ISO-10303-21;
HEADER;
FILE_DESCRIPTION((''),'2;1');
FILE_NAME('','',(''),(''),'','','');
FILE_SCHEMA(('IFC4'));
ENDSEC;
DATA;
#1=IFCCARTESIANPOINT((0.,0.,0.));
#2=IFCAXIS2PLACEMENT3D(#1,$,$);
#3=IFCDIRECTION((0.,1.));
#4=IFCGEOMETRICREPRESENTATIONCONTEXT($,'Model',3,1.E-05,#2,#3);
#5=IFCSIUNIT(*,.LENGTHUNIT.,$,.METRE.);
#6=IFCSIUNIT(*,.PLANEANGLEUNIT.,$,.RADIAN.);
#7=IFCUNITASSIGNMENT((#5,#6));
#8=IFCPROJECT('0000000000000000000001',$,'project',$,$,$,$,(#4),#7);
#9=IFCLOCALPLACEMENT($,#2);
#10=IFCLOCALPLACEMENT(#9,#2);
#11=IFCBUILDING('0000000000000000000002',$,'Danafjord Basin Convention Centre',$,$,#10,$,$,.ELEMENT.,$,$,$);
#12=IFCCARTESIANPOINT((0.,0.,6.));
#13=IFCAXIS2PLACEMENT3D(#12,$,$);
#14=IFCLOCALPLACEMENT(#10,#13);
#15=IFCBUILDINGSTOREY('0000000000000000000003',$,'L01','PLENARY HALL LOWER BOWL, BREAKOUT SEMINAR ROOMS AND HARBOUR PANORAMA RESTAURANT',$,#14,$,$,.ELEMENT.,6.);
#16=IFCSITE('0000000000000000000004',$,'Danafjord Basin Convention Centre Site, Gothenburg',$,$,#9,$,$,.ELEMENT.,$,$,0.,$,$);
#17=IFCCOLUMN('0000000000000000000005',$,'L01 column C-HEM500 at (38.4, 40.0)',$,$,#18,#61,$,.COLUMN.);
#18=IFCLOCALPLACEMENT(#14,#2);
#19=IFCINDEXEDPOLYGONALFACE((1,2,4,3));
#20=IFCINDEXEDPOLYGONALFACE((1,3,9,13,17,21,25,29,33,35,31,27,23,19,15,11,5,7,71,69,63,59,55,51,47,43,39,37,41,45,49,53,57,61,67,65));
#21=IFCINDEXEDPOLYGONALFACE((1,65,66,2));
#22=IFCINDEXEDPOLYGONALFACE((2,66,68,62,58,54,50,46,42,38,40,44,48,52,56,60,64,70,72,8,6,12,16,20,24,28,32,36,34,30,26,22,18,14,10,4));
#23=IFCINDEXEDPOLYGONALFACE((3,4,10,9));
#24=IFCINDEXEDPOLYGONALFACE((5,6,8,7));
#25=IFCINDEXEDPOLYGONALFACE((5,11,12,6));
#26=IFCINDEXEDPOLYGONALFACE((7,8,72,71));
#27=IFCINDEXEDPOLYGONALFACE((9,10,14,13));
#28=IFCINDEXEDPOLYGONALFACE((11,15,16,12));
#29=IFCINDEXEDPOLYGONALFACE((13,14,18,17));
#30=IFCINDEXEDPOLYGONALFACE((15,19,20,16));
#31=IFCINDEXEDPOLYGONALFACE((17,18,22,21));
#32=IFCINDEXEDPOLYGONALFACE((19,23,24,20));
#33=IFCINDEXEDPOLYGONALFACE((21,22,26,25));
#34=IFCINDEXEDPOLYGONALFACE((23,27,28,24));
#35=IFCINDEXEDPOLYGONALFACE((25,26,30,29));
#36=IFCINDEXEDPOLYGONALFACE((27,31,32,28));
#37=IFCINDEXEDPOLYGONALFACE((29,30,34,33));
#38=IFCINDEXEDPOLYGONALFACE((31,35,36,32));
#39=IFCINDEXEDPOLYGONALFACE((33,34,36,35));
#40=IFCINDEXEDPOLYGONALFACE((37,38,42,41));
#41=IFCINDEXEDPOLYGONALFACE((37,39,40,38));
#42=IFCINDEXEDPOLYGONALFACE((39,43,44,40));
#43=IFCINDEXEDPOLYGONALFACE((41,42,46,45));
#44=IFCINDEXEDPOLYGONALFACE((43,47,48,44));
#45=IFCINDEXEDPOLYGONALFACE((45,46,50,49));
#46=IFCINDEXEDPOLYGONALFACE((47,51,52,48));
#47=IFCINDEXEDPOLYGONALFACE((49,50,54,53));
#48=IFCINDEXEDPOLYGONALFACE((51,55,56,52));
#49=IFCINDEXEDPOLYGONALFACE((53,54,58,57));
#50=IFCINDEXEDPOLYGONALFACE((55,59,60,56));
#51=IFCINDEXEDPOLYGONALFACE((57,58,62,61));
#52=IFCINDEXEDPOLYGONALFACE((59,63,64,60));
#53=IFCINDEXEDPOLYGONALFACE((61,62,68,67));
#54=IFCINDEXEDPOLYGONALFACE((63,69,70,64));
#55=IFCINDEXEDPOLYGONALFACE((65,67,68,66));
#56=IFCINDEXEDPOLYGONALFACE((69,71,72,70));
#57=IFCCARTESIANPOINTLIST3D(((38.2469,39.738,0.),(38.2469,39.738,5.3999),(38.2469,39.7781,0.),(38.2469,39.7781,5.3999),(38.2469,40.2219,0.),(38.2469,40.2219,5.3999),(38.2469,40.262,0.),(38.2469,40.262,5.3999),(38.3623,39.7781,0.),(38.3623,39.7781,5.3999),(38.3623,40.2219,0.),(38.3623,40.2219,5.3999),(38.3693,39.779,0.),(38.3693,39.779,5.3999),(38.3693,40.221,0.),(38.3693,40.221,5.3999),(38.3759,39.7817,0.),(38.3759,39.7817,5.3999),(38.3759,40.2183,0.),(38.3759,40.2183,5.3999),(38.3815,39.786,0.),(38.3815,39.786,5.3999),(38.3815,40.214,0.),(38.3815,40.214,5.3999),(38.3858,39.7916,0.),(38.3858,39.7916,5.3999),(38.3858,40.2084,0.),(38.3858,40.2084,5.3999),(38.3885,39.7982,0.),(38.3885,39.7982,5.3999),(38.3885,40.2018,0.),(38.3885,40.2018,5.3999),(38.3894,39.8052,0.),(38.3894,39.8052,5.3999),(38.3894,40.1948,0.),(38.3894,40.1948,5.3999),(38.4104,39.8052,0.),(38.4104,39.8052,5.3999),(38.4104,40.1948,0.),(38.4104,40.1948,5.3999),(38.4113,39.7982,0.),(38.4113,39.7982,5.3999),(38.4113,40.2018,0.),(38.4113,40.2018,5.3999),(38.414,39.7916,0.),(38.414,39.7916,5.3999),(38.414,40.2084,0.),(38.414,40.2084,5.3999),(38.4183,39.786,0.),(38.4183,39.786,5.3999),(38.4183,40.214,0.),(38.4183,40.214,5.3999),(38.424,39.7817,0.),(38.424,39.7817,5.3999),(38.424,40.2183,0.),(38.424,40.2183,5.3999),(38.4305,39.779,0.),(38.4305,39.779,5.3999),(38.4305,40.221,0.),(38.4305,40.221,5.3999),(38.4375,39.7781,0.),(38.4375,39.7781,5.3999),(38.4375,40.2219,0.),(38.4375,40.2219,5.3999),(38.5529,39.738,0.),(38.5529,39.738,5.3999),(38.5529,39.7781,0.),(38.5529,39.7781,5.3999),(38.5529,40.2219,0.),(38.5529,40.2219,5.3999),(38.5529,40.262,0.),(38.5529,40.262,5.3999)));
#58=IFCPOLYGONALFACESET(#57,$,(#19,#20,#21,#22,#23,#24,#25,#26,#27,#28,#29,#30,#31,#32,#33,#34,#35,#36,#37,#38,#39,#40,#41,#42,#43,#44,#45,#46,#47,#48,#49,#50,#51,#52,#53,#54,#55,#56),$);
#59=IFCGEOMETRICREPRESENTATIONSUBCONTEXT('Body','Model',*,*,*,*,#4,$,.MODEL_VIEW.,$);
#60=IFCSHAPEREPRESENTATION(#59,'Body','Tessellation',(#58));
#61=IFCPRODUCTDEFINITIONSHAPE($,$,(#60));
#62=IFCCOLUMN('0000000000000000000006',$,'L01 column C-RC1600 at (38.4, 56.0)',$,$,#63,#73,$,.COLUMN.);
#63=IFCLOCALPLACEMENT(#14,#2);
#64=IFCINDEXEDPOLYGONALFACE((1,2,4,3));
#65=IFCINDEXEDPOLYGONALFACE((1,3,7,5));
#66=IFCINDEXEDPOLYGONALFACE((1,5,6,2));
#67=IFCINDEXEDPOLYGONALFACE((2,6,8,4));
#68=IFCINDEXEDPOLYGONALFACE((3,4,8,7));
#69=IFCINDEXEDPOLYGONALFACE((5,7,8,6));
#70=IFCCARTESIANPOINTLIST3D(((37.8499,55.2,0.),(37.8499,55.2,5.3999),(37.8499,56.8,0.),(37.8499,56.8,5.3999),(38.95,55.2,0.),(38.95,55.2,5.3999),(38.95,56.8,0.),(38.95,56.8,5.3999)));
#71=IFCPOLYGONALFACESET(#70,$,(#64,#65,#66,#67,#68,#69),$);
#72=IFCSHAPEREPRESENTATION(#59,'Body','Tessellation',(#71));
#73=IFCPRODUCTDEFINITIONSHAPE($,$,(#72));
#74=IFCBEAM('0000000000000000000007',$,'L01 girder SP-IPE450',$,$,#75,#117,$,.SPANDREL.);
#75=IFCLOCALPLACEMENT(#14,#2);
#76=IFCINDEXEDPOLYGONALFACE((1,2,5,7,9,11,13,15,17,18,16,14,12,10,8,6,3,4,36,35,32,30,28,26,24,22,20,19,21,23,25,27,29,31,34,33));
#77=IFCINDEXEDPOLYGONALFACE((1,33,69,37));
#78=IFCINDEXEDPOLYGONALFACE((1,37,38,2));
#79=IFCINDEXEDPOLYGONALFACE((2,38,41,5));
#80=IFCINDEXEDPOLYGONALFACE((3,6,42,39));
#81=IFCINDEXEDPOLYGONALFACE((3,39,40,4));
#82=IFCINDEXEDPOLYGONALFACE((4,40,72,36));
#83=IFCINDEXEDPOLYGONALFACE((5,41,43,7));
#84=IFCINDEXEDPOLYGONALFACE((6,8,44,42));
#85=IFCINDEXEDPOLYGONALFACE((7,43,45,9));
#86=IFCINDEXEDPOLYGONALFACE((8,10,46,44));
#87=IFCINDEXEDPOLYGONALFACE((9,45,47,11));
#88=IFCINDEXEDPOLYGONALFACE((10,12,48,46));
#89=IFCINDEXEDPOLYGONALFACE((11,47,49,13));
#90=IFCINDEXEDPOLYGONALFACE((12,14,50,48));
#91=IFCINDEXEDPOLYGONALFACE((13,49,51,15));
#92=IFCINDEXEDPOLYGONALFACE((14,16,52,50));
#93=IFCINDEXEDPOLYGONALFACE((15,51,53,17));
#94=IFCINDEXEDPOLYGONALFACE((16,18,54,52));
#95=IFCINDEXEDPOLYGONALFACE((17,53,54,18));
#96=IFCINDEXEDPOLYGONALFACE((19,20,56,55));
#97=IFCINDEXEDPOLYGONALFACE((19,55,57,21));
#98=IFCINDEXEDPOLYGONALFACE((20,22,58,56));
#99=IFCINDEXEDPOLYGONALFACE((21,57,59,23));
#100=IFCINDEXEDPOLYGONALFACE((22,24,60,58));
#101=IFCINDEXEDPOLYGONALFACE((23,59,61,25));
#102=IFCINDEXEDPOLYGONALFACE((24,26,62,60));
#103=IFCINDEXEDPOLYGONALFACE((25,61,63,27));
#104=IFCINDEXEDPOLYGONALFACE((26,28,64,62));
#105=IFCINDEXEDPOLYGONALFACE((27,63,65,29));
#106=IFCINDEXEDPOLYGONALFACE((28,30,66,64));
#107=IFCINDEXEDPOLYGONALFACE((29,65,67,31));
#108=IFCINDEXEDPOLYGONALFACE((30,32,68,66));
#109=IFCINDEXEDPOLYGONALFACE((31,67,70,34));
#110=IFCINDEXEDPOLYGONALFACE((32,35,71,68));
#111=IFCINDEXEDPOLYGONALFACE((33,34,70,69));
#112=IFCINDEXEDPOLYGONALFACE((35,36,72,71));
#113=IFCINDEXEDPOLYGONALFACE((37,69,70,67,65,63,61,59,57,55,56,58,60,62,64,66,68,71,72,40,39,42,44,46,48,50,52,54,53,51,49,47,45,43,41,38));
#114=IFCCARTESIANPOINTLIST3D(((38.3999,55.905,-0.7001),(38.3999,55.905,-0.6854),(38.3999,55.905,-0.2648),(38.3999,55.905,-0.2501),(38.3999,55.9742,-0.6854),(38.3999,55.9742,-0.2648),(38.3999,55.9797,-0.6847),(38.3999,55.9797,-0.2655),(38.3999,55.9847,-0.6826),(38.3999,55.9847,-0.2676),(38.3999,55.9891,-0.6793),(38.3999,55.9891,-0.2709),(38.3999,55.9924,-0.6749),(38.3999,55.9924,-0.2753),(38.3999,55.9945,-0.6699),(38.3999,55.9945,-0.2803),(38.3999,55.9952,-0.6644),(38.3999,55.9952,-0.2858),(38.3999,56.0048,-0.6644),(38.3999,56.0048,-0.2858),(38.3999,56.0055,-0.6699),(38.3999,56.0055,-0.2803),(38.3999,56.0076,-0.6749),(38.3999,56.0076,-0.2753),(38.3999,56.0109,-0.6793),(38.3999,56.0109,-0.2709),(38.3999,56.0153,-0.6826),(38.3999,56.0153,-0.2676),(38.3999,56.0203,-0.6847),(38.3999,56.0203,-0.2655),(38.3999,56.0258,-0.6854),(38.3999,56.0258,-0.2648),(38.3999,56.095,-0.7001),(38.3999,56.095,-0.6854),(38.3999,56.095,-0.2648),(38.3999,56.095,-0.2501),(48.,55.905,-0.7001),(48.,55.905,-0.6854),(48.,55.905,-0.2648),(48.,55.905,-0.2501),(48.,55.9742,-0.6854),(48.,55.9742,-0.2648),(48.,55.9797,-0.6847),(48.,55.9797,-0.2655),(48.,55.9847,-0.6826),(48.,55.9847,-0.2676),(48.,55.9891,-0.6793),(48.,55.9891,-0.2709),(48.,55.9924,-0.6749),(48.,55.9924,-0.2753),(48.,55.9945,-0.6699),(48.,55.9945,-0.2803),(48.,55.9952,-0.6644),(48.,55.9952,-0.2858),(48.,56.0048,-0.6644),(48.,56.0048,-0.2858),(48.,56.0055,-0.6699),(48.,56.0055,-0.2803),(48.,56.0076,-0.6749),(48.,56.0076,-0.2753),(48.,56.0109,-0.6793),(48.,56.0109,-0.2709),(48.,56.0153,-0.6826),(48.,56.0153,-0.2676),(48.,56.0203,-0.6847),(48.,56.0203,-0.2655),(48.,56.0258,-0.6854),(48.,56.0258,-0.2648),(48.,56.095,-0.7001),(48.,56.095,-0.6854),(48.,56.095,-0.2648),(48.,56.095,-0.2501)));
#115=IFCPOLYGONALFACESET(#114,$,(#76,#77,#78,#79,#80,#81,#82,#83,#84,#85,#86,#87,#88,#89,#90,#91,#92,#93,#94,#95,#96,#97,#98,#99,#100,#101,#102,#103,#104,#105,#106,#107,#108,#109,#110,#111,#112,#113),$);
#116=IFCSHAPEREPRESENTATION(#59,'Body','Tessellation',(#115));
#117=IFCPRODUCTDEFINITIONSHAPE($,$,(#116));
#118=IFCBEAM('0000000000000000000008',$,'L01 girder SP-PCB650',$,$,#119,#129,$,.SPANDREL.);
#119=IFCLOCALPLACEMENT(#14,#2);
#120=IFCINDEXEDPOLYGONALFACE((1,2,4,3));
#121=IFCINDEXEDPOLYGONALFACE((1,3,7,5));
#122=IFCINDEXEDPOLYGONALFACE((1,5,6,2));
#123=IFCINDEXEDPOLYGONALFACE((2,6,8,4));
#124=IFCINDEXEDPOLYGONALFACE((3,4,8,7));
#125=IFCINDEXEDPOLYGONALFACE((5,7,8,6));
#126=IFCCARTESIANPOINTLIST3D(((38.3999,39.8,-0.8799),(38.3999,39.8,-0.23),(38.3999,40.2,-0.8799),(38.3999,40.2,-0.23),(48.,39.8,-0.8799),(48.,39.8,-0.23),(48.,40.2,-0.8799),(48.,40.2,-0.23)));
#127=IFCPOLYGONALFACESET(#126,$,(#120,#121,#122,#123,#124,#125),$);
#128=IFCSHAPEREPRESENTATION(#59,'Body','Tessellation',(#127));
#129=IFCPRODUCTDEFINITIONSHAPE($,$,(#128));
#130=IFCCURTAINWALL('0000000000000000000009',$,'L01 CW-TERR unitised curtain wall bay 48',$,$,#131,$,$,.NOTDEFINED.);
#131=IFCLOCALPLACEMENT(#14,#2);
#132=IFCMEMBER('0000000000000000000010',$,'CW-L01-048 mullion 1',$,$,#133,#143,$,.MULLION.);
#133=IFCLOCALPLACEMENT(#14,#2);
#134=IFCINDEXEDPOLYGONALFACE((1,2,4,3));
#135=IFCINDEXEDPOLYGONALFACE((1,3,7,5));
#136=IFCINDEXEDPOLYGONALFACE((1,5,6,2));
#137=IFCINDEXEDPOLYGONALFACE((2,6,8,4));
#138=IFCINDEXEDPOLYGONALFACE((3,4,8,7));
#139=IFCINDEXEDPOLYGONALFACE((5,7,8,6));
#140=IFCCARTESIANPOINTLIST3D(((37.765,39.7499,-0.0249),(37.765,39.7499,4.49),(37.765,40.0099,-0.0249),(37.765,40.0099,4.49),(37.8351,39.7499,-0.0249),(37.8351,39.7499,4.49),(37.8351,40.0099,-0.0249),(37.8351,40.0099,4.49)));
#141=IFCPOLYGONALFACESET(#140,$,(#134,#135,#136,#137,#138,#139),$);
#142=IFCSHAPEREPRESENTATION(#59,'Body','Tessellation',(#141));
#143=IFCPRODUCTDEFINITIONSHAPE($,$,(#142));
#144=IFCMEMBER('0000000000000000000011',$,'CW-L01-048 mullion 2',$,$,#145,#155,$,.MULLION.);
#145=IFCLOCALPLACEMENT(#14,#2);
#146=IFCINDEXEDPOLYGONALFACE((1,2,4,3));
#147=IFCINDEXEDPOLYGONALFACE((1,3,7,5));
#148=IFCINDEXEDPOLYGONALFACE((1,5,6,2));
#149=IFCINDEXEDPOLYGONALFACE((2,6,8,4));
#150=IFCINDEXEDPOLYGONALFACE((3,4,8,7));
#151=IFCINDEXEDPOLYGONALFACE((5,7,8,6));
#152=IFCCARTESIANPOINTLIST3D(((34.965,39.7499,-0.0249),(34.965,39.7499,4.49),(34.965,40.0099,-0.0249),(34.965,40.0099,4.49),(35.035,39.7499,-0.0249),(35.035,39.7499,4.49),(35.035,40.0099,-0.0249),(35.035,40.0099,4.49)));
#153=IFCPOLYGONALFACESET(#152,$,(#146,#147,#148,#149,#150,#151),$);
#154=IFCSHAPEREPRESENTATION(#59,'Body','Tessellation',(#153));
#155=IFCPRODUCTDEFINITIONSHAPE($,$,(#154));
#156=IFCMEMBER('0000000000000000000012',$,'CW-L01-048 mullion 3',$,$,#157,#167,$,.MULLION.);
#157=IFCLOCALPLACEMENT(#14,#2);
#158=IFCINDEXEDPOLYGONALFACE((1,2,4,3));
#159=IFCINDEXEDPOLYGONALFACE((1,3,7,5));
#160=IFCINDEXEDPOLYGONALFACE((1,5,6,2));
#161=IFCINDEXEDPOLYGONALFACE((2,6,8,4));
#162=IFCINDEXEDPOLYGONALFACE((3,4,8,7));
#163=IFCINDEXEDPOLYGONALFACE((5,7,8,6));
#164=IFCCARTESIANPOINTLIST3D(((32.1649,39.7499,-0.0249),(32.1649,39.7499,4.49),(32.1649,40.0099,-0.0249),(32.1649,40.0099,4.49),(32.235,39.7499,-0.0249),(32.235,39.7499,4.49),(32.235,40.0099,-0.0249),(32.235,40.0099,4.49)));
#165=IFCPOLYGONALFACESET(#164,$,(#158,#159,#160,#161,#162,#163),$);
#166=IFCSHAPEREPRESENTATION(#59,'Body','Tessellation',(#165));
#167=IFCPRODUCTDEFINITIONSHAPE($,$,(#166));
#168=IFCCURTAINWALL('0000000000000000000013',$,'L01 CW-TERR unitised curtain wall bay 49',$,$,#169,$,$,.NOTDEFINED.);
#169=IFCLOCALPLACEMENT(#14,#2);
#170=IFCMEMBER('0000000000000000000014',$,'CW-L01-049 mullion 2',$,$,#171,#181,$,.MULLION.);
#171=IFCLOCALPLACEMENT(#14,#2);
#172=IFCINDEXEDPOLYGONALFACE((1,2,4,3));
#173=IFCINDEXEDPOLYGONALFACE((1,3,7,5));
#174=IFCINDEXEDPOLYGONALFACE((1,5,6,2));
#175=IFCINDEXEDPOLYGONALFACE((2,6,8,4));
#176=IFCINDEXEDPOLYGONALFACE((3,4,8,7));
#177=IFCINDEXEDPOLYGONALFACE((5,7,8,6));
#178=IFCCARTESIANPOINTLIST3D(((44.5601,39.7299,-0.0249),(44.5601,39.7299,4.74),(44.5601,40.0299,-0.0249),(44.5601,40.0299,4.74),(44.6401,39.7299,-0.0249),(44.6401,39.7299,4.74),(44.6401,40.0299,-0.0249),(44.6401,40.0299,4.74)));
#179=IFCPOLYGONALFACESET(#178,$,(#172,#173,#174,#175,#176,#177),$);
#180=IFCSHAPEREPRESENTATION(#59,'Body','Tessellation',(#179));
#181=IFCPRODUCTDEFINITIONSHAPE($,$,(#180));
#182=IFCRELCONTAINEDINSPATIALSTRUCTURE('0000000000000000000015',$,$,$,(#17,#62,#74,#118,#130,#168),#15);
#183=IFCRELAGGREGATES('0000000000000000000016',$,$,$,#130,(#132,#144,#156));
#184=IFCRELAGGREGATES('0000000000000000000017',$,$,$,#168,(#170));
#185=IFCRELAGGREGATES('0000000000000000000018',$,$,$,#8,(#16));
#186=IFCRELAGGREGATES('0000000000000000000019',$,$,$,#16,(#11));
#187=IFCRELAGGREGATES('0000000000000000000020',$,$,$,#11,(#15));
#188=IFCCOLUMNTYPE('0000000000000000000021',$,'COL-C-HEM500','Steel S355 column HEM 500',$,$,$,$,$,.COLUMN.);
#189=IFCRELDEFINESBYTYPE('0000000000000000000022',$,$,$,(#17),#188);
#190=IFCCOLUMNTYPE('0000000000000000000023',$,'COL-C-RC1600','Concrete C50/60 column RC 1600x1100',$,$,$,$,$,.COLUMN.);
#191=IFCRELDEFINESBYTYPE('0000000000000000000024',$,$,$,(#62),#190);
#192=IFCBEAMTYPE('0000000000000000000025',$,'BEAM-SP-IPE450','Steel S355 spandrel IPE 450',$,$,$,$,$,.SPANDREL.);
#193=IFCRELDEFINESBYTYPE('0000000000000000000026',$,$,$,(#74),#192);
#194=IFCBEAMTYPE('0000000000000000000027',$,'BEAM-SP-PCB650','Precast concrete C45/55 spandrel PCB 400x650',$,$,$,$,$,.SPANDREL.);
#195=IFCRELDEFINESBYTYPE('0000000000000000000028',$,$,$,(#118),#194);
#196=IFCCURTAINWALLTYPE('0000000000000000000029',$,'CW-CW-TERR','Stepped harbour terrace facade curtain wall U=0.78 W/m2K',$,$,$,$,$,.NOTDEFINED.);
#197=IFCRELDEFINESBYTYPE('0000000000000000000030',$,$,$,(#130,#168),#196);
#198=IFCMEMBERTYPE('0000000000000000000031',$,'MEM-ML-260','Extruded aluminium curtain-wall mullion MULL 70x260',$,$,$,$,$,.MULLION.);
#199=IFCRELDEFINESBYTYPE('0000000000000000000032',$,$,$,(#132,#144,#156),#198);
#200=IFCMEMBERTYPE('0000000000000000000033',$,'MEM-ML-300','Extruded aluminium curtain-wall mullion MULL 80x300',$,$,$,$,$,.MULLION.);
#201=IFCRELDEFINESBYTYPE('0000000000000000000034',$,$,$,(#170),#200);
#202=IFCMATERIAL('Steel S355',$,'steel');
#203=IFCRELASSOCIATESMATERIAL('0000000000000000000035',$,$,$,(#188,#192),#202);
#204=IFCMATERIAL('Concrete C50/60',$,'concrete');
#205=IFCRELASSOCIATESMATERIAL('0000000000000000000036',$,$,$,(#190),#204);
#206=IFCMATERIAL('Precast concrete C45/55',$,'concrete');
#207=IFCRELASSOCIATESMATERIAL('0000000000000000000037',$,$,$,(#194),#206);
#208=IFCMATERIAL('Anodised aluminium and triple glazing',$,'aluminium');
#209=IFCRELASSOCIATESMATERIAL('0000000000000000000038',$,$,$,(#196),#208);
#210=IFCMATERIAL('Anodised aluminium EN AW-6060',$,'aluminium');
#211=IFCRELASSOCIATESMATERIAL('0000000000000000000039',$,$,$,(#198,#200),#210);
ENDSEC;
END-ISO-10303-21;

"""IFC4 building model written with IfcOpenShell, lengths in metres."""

from ifc_helpers import new_model, si_unit, direction, frame, origin, origin_2d, place, context, subcontext, project, spatial, rectangle, i_section, extrude, material, material_profile, profile_set, type_object, element, aggregate, save


model = new_model("IFC4")

# Units and contexts
model_context = context("Model", 3, precision=1e-05, world=origin(), true_north=direction((0.0, 1.0)))
body_context = subcontext(model_context, "Body", "Model", "MODEL_VIEW")
ifc_project = project(units=[si_unit("LENGTHUNIT", "METRE"), si_unit("PLANEANGLEUNIT", "RADIAN")], contexts=[model_context])

# Site, building, storey
site_placement = place(None, origin())
site = spatial("IfcSite", under=ifc_project, at=site_placement, Name="Danafjord Basin Convention Centre Site, Gothenburg", CompositionType="ELEMENT", RefElevation=0.0)
building_placement = place(site_placement, origin())
building = spatial("IfcBuilding", under=site, at=building_placement, Name="Danafjord Basin Convention Centre", CompositionType="ELEMENT")
storey_placement = place(building_placement, frame((0.0, 0.0, 6.0)))
storey = spatial("IfcBuildingStorey", under=building, at=storey_placement, Name="L01", Description="PLENARY HALL LOWER BOWL, BREAKOUT SEMINAR ROOMS AND HARBOUR PANORAMA RESTAURANT", CompositionType="ELEMENT", Elevation=6.0)

# Columns
ifc_material_1 = material(Name="Steel S355", Category="steel")
ifc_material_profile_1 = material_profile(ifc_material_1, i_section(OverallWidth=0.3059, OverallDepth=0.5239, WebThickness=0.021, FlangeThickness=0.04, FilletRadius=0.0271, at=origin_2d()), Name="HEM 500")
ifc_profile_set_1 = profile_set([ifc_material_profile_1], Name="Steel S355")
column_type_1 = type_object("IfcColumnType", Name="COL-C-HEM500", Description="Steel S355 column HEM 500", PredefinedType="COLUMN", material=ifc_profile_set_1)
column_1_placement = place(storey_placement, frame((38.3999, 40.0, 0.0), z_axis=(0.0, 0.0, 1.0), x_axis=(1.0, 0.0, 0.0)))
element("IfcColumn", 1, at=column_1_placement, inside=storey, type_object=column_type_1, Name="L01 column C-HEM500 at (38.4, 40.0)", PredefinedType="COLUMN", context=body_context, shape_type="SweptSolid", body=[
    extrude(i_section(OverallWidth=0.3059, OverallDepth=0.5239, WebThickness=0.021, FlangeThickness=0.04, FilletRadius=0.0271, at=origin_2d()), origin(), (0.0, 0.0, 1.0), 5.3999),
])
ifc_material_2 = material(Name="Concrete C50/60", Category="concrete")
ifc_material_profile_2 = material_profile(ifc_material_2, rectangle(XDim=1.1001, YDim=1.6001, at=origin_2d()), Name="RC 1600x1100")
ifc_profile_set_2 = profile_set([ifc_material_profile_2], Name="Concrete C50/60")
column_type_2 = type_object("IfcColumnType", Name="COL-C-RC1600", Description="Concrete C50/60 column RC 1600x1100", PredefinedType="COLUMN", material=ifc_profile_set_2)
column_2_placement = place(storey_placement, frame((38.3999, 56.0, 0.0), z_axis=(0.0, 0.0, 1.0), x_axis=(1.0, 0.0, 0.0)))
element("IfcColumn", 2, at=column_2_placement, inside=storey, type_object=column_type_2, Name="L01 column C-RC1600 at (38.4, 56.0)", PredefinedType="COLUMN", context=body_context, shape_type="SweptSolid", body=[
    extrude(rectangle(XDim=1.1001, YDim=1.6001, at=origin_2d()), origin(), (0.0, 0.0, 1.0), 5.3999),
])

# Beams
ifc_material_profile_3 = material_profile(ifc_material_1, i_section(OverallWidth=0.1899, OverallDepth=0.45, WebThickness=0.0095, FlangeThickness=0.0146, FilletRadius=0.021, at=origin_2d()), Name="IPE 450")
ifc_profile_set_3 = profile_set([ifc_material_profile_3], Name="Steel S355")
beam_type_1 = type_object("IfcBeamType", Name="BEAM-SP-IPE450", Description="Steel S355 spandrel IPE 450", PredefinedType="SPANDREL", material=ifc_profile_set_3)
beam_1_placement = place(storey_placement, frame((38.3999, 56.0, -0.4751), z_axis=(1.0, 0.0, 0.0), x_axis=(0.0, 1.0, 0.0)))
element("IfcBeam", 3, at=beam_1_placement, inside=storey, type_object=beam_type_1, Name="L01 girder SP-IPE450", PredefinedType="SPANDREL", context=body_context, shape_type="SweptSolid", body=[
    extrude(i_section(OverallWidth=0.1899, OverallDepth=0.45, WebThickness=0.0095, FlangeThickness=0.0146, FilletRadius=0.021, at=origin_2d()), origin(), (0.0, 0.0, 1.0), 9.6001),
])
ifc_material_3 = material(Name="Precast concrete C45/55", Category="concrete")
ifc_material_profile_4 = material_profile(ifc_material_3, rectangle(XDim=0.3999, YDim=0.6499, at=origin_2d()), Name="PCB 400x650")
ifc_profile_set_4 = profile_set([ifc_material_profile_4], Name="Precast concrete C45/55")
beam_type_2 = type_object("IfcBeamType", Name="BEAM-SP-PCB650", Description="Precast concrete C45/55 spandrel PCB 400x650", PredefinedType="SPANDREL", material=ifc_profile_set_4)
beam_2_placement = place(storey_placement, frame((38.3999, 40.0, -0.5549), z_axis=(1.0, 0.0, 0.0), x_axis=(0.0, 1.0, 0.0)))
element("IfcBeam", 4, at=beam_2_placement, inside=storey, type_object=beam_type_2, Name="L01 girder SP-PCB650", PredefinedType="SPANDREL", context=body_context, shape_type="SweptSolid", body=[
    extrude(rectangle(XDim=0.3999, YDim=0.6499, at=origin_2d()), origin(), (0.0, 0.0, 1.0), 9.6001),
])

# Curtain walls, members
ifc_material_4 = material(Name="Anodised aluminium and triple glazing", Category="aluminium")
curtain_wall_type = type_object("IfcCurtainWallType", Name="CW-CW-TERR", Description="Stepped harbour terrace facade curtain wall U=0.78 W/m2K", PredefinedType="NOTDEFINED", material=ifc_material_4)
curtain_wall_1_placement = place(storey_placement, origin())
curtain_wall_1 = element("IfcCurtainWall", 5, at=curtain_wall_1_placement, inside=storey, type_object=curtain_wall_type, Name="L01 CW-TERR unitised curtain wall bay 48", PredefinedType="NOTDEFINED")
ifc_material_5 = material(Name="Anodised aluminium EN AW-6060", Category="aluminium")
ifc_material_profile_5 = material_profile(ifc_material_5, rectangle(XDim=0.0701, YDim=0.26, at=origin_2d()), Name="MULL 70x260")
ifc_profile_set_5 = profile_set([ifc_material_profile_5], Name="Anodised aluminium EN AW-6060")
member_type_1 = type_object("IfcMemberType", Name="MEM-ML-260", Description="Extruded aluminium curtain-wall mullion MULL 70x260", PredefinedType="MULLION", material=ifc_profile_set_5)
member_1_placement = place(storey_placement, frame((37.8, 39.8799, -0.0249), z_axis=(0.0, 0.0, 1.0), x_axis=(-1.0, 0.0, 0.0)))
member_1 = element("IfcMember", 6, at=member_1_placement, type_object=member_type_1, Name="CW-L01-048 mullion 1", PredefinedType="MULLION", context=body_context, shape_type="SweptSolid", body=[
    extrude(rectangle(XDim=0.0701, YDim=0.26, at=origin_2d()), origin(), (0.0, 0.0, 1.0), 4.5149),
])
member_2_placement = place(storey_placement, frame((35.0, 39.8799, -0.0249), z_axis=(0.0, 0.0, 1.0), x_axis=(-1.0, 0.0, 0.0)))
member_2 = element("IfcMember", 7, at=member_2_placement, type_object=member_type_1, Name="CW-L01-048 mullion 2", PredefinedType="MULLION", context=body_context, shape_type="SweptSolid", body=[
    extrude(rectangle(XDim=0.0701, YDim=0.26, at=origin_2d()), origin(), (0.0, 0.0, 1.0), 4.5149),
])
member_3_placement = place(storey_placement, frame((32.2, 39.8799, -0.0249), z_axis=(0.0, 0.0, 1.0), x_axis=(-1.0, 0.0, 0.0)))
member_3 = element("IfcMember", 8, at=member_3_placement, type_object=member_type_1, Name="CW-L01-048 mullion 3", PredefinedType="MULLION", context=body_context, shape_type="SweptSolid", body=[
    extrude(rectangle(XDim=0.0701, YDim=0.26, at=origin_2d()), origin(), (0.0, 0.0, 1.0), 4.5149),
])
curtain_wall_2_placement = place(storey_placement, origin())
curtain_wall_2 = element("IfcCurtainWall", 9, at=curtain_wall_2_placement, inside=storey, type_object=curtain_wall_type, Name="L01 CW-TERR unitised curtain wall bay 49", PredefinedType="NOTDEFINED")
ifc_material_profile_6 = material_profile(ifc_material_5, rectangle(XDim=0.0801, YDim=0.3, at=origin_2d()), Name="MULL 80x300")
ifc_profile_set_6 = profile_set([ifc_material_profile_6], Name="Anodised aluminium EN AW-6060")
member_type_2 = type_object("IfcMemberType", Name="MEM-ML-300", Description="Extruded aluminium curtain-wall mullion MULL 80x300", PredefinedType="MULLION", material=ifc_profile_set_6)
member_4_placement = place(storey_placement, frame((44.6001, 39.8799, -0.0249), z_axis=(0.0, 0.0, 1.0), x_axis=(-1.0, 0.0, 0.0)))
member_4 = element("IfcMember", 10, at=member_4_placement, type_object=member_type_2, Name="CW-L01-049 mullion 2", PredefinedType="MULLION", context=body_context, shape_type="SweptSolid", body=[
    extrude(rectangle(XDim=0.0801, YDim=0.3, at=origin_2d()), origin(), (0.0, 0.0, 1.0), 4.7649),
])

aggregate(curtain_wall_1, [member_1, member_2, member_3])
aggregate(curtain_wall_2, [member_4])

save(model, "model.ifc")
